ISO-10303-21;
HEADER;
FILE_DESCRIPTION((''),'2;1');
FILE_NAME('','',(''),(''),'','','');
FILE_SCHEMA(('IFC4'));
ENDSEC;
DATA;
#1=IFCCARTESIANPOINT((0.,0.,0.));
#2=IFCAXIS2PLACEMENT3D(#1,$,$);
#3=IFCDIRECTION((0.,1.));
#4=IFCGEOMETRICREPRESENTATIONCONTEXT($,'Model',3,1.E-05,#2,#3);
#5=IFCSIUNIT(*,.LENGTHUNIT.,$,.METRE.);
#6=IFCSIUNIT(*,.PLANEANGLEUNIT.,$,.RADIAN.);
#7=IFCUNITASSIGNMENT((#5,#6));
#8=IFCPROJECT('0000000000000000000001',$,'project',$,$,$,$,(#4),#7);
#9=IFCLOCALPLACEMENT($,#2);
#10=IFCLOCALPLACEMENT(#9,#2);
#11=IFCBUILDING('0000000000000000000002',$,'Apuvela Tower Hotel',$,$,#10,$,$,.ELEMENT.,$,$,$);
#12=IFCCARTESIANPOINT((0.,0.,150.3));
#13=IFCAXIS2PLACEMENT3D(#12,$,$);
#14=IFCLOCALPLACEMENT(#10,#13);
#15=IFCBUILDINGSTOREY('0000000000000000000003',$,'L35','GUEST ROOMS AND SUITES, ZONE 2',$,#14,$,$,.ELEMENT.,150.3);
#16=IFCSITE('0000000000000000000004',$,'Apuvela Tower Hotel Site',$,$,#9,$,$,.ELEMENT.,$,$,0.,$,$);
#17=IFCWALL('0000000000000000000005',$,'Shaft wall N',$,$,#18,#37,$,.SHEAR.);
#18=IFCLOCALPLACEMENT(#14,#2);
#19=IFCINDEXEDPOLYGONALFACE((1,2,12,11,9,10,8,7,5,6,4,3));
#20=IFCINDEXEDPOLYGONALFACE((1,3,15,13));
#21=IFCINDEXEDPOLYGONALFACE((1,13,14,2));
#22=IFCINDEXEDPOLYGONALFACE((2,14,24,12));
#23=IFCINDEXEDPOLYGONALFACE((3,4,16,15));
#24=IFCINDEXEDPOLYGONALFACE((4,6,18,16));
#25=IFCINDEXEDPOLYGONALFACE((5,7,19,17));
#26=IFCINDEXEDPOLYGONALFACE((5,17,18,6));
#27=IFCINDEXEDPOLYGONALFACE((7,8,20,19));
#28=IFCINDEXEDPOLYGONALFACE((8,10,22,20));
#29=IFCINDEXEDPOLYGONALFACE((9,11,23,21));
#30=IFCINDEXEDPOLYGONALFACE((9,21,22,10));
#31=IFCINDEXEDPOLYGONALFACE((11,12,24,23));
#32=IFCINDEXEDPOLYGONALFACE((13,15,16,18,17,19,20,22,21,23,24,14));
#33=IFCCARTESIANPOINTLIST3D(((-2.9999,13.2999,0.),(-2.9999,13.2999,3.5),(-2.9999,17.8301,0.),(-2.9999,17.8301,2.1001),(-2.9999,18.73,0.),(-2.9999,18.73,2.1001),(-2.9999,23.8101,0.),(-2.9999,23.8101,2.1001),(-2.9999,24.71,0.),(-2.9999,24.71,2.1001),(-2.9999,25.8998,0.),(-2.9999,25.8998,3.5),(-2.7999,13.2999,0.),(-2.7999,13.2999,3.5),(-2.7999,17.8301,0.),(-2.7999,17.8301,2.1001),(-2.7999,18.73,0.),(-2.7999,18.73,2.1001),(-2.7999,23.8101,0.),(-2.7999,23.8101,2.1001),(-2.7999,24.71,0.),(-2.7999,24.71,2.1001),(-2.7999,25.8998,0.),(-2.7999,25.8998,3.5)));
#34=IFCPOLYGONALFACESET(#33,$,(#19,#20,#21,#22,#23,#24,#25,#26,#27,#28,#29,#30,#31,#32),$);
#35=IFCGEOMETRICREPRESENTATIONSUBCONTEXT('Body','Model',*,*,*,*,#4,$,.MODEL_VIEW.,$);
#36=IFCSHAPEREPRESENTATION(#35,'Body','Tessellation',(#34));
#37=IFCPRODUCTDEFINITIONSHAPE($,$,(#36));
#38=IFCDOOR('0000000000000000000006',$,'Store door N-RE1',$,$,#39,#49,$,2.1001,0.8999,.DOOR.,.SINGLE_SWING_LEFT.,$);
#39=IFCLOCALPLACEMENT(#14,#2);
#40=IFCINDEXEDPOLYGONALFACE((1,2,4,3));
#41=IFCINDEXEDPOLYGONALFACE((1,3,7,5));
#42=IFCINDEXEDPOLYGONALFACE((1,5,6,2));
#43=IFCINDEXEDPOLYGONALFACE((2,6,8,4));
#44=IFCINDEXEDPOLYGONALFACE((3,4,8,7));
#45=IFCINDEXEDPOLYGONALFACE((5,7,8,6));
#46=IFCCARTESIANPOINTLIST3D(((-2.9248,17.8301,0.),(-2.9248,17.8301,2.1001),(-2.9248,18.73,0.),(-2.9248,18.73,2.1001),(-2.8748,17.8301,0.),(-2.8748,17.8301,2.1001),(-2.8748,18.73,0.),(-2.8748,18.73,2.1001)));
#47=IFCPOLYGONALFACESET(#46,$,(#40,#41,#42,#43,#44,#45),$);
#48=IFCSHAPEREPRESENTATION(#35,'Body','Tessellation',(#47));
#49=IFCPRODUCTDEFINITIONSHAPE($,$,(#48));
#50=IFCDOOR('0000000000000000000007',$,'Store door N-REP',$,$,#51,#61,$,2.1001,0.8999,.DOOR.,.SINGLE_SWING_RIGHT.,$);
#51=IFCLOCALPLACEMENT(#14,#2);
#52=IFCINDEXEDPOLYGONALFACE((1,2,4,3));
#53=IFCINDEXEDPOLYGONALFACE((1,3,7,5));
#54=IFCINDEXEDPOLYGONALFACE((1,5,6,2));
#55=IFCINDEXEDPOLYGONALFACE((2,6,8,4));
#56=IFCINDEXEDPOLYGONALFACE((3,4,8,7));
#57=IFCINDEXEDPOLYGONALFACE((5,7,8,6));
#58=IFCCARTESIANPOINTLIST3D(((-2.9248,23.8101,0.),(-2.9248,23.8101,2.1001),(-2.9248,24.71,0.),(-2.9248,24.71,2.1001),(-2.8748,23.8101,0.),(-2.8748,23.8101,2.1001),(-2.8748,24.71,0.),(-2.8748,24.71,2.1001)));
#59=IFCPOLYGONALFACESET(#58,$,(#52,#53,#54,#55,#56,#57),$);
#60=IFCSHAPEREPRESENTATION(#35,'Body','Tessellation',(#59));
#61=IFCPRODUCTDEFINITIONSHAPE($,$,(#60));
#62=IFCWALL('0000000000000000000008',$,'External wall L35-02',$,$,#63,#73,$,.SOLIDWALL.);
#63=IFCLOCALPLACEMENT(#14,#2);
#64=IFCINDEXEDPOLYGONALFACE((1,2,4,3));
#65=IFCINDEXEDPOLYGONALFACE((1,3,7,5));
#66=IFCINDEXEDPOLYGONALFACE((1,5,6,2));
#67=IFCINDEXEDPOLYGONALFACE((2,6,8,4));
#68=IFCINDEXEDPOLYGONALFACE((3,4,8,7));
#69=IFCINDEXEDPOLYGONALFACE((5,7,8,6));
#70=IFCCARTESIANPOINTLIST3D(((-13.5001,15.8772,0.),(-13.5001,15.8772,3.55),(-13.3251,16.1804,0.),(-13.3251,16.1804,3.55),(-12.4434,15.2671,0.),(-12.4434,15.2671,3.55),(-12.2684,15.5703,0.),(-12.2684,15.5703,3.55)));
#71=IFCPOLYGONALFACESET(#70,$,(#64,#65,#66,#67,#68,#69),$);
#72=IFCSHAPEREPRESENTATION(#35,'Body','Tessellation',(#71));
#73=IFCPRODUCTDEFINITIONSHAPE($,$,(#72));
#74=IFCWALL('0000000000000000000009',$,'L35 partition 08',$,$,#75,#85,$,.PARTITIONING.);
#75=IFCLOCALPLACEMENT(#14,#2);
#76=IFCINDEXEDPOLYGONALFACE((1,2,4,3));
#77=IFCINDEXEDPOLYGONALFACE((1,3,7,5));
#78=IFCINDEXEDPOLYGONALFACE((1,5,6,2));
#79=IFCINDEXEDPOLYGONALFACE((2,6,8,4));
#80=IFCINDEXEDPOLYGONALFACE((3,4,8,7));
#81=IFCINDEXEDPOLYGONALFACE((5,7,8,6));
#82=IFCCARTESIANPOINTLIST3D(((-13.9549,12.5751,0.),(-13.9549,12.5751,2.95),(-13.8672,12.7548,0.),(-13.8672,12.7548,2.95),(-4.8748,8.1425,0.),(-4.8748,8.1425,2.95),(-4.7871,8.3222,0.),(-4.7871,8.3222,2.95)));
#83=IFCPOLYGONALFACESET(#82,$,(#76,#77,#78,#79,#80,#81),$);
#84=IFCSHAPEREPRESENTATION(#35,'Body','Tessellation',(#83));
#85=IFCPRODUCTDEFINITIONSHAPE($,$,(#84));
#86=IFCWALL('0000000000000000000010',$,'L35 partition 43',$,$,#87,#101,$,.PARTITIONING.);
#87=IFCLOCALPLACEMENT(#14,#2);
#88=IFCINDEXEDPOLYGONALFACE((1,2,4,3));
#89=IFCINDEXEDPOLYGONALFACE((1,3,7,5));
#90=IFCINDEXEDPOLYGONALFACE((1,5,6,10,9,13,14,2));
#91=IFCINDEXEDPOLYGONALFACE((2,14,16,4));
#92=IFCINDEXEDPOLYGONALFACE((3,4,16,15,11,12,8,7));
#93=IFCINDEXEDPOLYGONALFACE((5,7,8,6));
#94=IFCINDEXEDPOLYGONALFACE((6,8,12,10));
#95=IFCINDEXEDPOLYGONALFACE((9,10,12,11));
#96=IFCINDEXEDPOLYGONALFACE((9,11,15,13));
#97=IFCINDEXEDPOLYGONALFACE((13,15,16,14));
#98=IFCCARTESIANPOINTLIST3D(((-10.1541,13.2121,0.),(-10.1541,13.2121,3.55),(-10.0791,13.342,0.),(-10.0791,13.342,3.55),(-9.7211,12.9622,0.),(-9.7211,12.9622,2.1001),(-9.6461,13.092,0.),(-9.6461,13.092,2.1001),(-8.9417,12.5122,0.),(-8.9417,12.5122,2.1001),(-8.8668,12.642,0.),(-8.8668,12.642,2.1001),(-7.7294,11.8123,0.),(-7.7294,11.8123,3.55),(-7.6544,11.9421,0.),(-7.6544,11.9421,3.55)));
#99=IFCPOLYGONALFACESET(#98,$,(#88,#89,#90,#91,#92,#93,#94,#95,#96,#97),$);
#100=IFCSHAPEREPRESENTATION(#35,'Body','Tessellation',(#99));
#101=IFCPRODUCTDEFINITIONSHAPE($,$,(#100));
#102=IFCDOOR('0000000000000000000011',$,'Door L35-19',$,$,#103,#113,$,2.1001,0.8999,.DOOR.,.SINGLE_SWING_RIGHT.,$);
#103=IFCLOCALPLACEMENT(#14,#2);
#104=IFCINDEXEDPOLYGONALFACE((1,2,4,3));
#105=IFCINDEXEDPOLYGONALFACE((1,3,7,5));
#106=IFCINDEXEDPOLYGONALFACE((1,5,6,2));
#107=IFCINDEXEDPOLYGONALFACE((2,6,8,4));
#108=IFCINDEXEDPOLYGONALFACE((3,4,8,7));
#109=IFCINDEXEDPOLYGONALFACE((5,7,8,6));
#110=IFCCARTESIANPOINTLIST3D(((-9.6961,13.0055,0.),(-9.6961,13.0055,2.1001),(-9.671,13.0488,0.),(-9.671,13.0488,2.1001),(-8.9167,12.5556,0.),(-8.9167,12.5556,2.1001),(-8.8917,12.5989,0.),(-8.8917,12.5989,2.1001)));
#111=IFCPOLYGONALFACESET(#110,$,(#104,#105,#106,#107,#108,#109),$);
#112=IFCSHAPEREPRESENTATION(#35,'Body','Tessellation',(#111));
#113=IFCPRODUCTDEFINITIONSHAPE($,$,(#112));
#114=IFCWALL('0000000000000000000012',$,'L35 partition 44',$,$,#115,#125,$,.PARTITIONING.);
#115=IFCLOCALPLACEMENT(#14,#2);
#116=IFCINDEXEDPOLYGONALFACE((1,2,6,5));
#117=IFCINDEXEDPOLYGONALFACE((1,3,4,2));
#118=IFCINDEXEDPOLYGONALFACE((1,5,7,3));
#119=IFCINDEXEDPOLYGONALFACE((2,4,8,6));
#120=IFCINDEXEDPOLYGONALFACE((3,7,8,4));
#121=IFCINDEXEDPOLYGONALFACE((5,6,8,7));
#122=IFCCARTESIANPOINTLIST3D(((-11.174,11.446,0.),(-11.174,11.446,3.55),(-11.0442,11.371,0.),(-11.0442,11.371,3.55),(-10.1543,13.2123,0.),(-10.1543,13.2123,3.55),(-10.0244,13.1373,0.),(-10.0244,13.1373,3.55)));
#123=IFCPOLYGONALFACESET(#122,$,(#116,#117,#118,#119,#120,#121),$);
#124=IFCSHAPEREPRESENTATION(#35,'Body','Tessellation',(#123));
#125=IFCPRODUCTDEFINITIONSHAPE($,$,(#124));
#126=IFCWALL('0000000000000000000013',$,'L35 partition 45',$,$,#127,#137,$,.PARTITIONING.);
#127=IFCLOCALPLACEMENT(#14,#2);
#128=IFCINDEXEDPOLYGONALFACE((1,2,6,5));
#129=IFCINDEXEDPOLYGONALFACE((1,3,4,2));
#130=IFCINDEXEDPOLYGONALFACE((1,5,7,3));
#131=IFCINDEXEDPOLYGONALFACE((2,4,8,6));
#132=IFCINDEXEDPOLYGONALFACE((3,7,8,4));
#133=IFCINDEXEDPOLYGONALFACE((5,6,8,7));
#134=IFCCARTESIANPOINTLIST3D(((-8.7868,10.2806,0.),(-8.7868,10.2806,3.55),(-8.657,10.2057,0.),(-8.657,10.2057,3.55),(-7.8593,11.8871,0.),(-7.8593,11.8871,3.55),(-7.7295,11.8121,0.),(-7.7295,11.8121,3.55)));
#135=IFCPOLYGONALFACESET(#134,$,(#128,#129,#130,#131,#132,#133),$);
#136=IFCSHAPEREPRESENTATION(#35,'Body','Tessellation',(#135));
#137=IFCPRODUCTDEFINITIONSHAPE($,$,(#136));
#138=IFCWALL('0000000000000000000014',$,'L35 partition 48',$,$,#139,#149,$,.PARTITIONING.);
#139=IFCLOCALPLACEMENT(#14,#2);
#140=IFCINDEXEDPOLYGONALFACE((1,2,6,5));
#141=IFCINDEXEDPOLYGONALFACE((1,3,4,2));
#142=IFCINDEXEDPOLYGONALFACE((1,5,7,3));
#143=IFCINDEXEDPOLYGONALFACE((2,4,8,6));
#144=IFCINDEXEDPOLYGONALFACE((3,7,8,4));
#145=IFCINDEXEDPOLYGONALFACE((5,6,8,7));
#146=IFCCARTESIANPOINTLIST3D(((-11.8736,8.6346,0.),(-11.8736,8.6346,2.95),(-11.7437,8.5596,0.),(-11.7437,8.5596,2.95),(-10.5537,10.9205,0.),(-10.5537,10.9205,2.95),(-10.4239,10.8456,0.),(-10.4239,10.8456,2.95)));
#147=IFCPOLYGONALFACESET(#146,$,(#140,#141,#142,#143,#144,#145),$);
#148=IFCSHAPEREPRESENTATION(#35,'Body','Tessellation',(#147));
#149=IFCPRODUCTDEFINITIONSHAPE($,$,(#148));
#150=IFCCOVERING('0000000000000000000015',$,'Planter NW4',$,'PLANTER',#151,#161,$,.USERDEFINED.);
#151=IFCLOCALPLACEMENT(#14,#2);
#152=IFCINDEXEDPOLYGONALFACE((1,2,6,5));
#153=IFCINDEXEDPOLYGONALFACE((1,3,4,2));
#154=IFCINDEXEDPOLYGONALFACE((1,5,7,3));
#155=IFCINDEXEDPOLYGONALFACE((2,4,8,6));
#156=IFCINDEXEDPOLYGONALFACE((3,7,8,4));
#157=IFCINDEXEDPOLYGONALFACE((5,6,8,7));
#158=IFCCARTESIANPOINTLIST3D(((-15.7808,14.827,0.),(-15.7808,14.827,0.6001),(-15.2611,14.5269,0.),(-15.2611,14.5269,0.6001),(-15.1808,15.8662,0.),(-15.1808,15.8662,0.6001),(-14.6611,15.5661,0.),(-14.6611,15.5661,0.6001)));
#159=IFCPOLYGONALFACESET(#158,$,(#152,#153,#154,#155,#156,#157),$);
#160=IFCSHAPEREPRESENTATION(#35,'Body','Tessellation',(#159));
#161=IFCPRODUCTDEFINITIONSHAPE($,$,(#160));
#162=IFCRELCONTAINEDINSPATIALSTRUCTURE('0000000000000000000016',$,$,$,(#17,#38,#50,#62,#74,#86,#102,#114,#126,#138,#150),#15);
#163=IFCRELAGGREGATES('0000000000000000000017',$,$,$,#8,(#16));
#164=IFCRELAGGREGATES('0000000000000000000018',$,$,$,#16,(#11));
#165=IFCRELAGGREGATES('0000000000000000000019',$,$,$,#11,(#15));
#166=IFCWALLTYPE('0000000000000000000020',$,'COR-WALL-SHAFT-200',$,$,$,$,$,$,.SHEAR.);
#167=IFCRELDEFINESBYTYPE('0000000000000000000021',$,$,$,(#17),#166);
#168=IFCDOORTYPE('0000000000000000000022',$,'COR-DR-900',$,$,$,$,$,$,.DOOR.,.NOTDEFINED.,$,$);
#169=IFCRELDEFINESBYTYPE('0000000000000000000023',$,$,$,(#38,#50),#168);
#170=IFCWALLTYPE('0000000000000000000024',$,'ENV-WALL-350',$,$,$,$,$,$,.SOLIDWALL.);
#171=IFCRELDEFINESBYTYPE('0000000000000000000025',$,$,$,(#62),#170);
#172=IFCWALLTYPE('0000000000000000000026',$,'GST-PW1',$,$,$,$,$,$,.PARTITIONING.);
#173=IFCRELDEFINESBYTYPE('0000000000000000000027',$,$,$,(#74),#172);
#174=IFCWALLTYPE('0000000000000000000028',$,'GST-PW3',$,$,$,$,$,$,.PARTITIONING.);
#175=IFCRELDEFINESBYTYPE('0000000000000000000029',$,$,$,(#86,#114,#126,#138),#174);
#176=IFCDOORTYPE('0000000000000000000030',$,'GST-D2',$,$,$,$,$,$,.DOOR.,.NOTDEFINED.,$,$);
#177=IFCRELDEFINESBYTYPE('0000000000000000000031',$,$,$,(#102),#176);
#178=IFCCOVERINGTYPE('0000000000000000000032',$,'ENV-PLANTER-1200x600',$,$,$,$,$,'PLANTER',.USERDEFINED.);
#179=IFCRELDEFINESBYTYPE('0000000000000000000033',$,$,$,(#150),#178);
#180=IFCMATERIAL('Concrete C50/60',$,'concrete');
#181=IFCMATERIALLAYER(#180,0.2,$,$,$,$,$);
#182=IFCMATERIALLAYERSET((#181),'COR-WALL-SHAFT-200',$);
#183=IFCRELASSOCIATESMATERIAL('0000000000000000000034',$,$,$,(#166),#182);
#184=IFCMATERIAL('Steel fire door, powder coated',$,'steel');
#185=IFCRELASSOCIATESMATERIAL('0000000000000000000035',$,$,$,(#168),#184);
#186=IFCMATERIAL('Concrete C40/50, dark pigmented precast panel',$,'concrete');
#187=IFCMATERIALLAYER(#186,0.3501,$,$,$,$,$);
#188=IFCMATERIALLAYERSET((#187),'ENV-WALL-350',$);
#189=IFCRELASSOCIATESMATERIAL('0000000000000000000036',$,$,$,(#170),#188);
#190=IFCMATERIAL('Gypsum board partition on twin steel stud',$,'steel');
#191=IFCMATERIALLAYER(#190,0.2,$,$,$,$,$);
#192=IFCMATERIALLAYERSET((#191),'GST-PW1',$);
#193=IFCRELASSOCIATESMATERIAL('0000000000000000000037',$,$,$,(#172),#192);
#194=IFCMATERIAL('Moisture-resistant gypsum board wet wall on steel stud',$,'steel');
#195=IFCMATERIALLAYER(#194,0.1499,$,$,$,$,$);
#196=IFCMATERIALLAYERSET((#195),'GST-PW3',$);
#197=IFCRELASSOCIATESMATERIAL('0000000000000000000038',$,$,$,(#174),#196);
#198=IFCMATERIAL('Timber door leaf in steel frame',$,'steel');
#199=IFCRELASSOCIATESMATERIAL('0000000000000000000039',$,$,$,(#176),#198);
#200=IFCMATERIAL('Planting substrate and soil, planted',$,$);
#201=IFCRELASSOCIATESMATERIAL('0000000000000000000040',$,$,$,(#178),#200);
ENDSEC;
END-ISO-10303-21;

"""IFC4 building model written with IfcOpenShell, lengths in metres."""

from ifc_helpers import new_model, si_unit, direction, frame, frame_2d, origin, origin_2d, place, context, subcontext, project, spatial, rectangle, extrude, material, layer, layer_set, type_object, element, fill, save


model = new_model("IFC4")

# Units and contexts
model_context = context("Model", 3, precision=1e-05, world=origin(), true_north=direction((0.0, 1.0)))
body_context = subcontext(model_context, "Body", "Model", "MODEL_VIEW")
ifc_project = project(units=[si_unit("LENGTHUNIT", "METRE"), si_unit("PLANEANGLEUNIT", "RADIAN")], contexts=[model_context])

# Site, building, storey
site_placement = place(None, origin())
site = spatial("IfcSite", under=ifc_project, at=site_placement, Name="Apuvela Tower Hotel Site", CompositionType="ELEMENT", RefElevation=0.0)
building_placement = place(site_placement, origin())
building = spatial("IfcBuilding", under=site, at=building_placement, Name="Apuvela Tower Hotel", CompositionType="ELEMENT")
storey_placement = place(building_placement, frame((0.0, 0.0, 150.3)))
storey = spatial("IfcBuildingStorey", under=building, at=storey_placement, Name="L35", Description="GUEST ROOMS AND SUITES, ZONE 2", CompositionType="ELEMENT", Elevation=150.3)

# Shared definitions
ifc_material_1 = material(Name="Concrete C50/60", Category="concrete")
ifc_layer_1 = layer(ifc_material_1, 0.2)
ifc_layer_set_1 = layer_set([ifc_layer_1], Name="COR-WALL-SHAFT-200")
wall_type_1 = type_object("IfcWallType", Name="COR-WALL-SHAFT-200", PredefinedType="SHEAR", material=ifc_layer_set_1)

# Wall, openings, doors
wall_1_placement = place(storey_placement, frame((-2.8999, 13.3, 0.0), z_axis=(0.0, 0.0, 1.0), x_axis=(0.0, 1.0, 0.0)))
wall_1 = element("IfcWall", 1, at=wall_1_placement, inside=storey, type_object=wall_type_1, Name="Shaft wall N", PredefinedType="SHEAR", context=body_context, shape_type="SweptSolid", body=[
    extrude(rectangle(XDim=12.5999, YDim=0.2, at=frame_2d((6.2998, 0.0))), origin(), (0.0, 0.0, 1.0), 3.5),
])
opening_1_placement = place(wall_1_placement, frame((4.53, 0.0, 0.0)))
opening_1 = element("IfcOpeningElement", 2, at=opening_1_placement, cuts=wall_1, PredefinedType="OPENING", context=body_context, shape_type="SweptSolid", body=[
    extrude(rectangle(XDim=0.8999, YDim=2.1001, at=frame_2d((0.45, 1.05))), frame((0.0, 0.1099, 0.0), z_axis=(0.0, -1.0, 0.0), x_axis=(1.0, 0.0, 0.0)), (0.0, 0.0, 1.0), 0.22),
])
opening_2_placement = place(wall_1_placement, frame((10.51, 0.0, 0.0)))
opening_2 = element("IfcOpeningElement", 3, at=opening_2_placement, cuts=wall_1, PredefinedType="OPENING", context=body_context, shape_type="SweptSolid", body=[
    extrude(rectangle(XDim=0.8999, YDim=2.1001, at=frame_2d((0.45, 1.05))), frame((0.0, 0.1099, 0.0), z_axis=(0.0, -1.0, 0.0), x_axis=(1.0, 0.0, 0.0)), (0.0, 0.0, 1.0), 0.22),
])
ifc_material_2 = material(Name="Steel fire door, powder coated", Category="steel")
door_type_1 = type_object("IfcDoorType", Name="COR-DR-900", OperationType="NOTDEFINED", PredefinedType="DOOR", material=ifc_material_2)
door_1_placement = place(opening_1_placement, origin())
door_1 = element("IfcDoor", 4, at=door_1_placement, inside=storey, type_object=door_type_1, Name="Store door N-RE1", OperationType="SINGLE_SWING_LEFT", OverallHeight=2.1001, OverallWidth=0.8999, PredefinedType="DOOR", context=body_context, shape_type="SweptSolid", body=[
    extrude(rectangle(XDim=0.8999, YDim=2.1001, at=frame_2d((0.45, 1.05))), frame((0.0, 0.0249, 0.0), z_axis=(0.0, -1.0, 0.0), x_axis=(1.0, 0.0, 0.0)), (0.0, 0.0, 1.0), 0.05),
])
fill(opening_1, door_1)
door_2_placement = place(opening_2_placement, origin())
door_2 = element("IfcDoor", 5, at=door_2_placement, inside=storey, type_object=door_type_1, Name="Store door N-REP", OperationType="SINGLE_SWING_RIGHT", OverallHeight=2.1001, OverallWidth=0.8999, PredefinedType="DOOR", context=body_context, shape_type="SweptSolid", body=[
    extrude(rectangle(XDim=0.8999, YDim=2.1001, at=frame_2d((0.45, 1.05))), frame((0.0, 0.0249, 0.0), z_axis=(0.0, -1.0, 0.0), x_axis=(1.0, 0.0, 0.0)), (0.0, 0.0, 1.0), 0.05),
])
fill(opening_2, door_2)

# Wall
ifc_material_3 = material(Name="Concrete C40/50, dark pigmented precast panel", Category="concrete")
ifc_layer_2 = layer(ifc_material_3, 0.3501)
ifc_layer_set_2 = layer_set([ifc_layer_2], Name="ENV-WALL-350")
wall_type_2 = type_object("IfcWallType", Name="ENV-WALL-350", PredefinedType="SOLIDWALL", material=ifc_layer_set_2)
wall_2_placement = place(storey_placement, frame((-13.4126, 16.0288, 0.0), z_axis=(0.0, 0.0, 1.0), x_axis=(0.866006, -0.500034, 0.0)))
element("IfcWall", 6, at=wall_2_placement, inside=storey, type_object=wall_type_2, Name="External wall L35-02", PredefinedType="SOLIDWALL", context=body_context, shape_type="SweptSolid", body=[
    extrude(rectangle(XDim=1.2202, YDim=0.3501, at=frame_2d((0.6101, 0.0))), origin(), (0.0, 0.0, 1.0), 3.55),
])

# Wall
ifc_material_4 = material(Name="Gypsum board partition on twin steel stud", Category="steel")
ifc_layer_3 = layer(ifc_material_4, 0.2)
ifc_layer_set_3 = layer_set([ifc_layer_3], Name="GST-PW1")
wall_type_3 = type_object("IfcWallType", Name="GST-PW1", PredefinedType="PARTITIONING", material=ifc_layer_set_3)
wall_3_placement = place(storey_placement, frame((-13.9111, 12.665, 0.0), z_axis=(0.0, 0.0, 1.0), x_axis=(0.898639, -0.438688, 0.0)))
element("IfcWall", 7, at=wall_3_placement, inside=storey, type_object=wall_type_3, Name="L35 partition 08", PredefinedType="PARTITIONING", context=body_context, shape_type="SweptSolid", body=[
    extrude(rectangle(XDim=10.1042, YDim=0.2, at=frame_2d((5.0522, 0.0))), origin(), (0.0, 0.0, 1.0), 2.95),
])

# Wall, opening, door
ifc_material_5 = material(Name="Moisture-resistant gypsum board wet wall on steel stud", Category="steel")
ifc_layer_4 = layer(ifc_material_5, 0.1499)
ifc_layer_set_4 = layer_set([ifc_layer_4], Name="GST-PW3")
wall_type_4 = type_object("IfcWallType", Name="GST-PW3", PredefinedType="PARTITIONING", material=ifc_layer_set_4)
wall_4_placement = place(storey_placement, frame((-7.6919, 11.8772, 0.0), z_axis=(0.0, 0.0, 1.0), x_axis=(-0.866035, 0.499984, 0.0)))
wall_4 = element("IfcWall", 8, at=wall_4_placement, inside=storey, type_object=wall_type_4, Name="L35 partition 43", PredefinedType="PARTITIONING", context=body_context, shape_type="SweptSolid", body=[
    extrude(rectangle(XDim=2.7998, YDim=0.1499, at=frame_2d((1.3999, 0.0))), origin(), (0.0, 0.0, 1.0), 3.55),
])
opening_3_placement = place(wall_4_placement, frame((1.3999, 0.0, 0.0)))
opening_3 = element("IfcOpeningElement", 9, at=opening_3_placement, cuts=wall_4, PredefinedType="OPENING", context=body_context, shape_type="SweptSolid", body=[
    extrude(rectangle(XDim=0.8999, YDim=2.1001, at=frame_2d((0.45, 1.05))), frame((0.0, 0.085, 0.0), z_axis=(0.0, -1.0, 0.0), x_axis=(1.0, 0.0, 0.0)), (0.0, 0.0, 1.0), 0.1699),
])
ifc_material_6 = material(Name="Timber door leaf in steel frame", Category="steel")
door_type_2 = type_object("IfcDoorType", Name="GST-D2", OperationType="NOTDEFINED", PredefinedType="DOOR", material=ifc_material_6)
door_3_placement = place(opening_3_placement, origin())
door_3 = element("IfcDoor", 10, at=door_3_placement, inside=storey, type_object=door_type_2, Name="Door L35-19", OperationType="SINGLE_SWING_RIGHT", OverallHeight=2.1001, OverallWidth=0.8999, PredefinedType="DOOR", context=body_context, shape_type="SweptSolid", body=[
    extrude(rectangle(XDim=0.8999, YDim=2.1001, at=frame_2d((0.45, 1.05))), frame((0.0, 0.0249, 0.0), z_axis=(0.0, -1.0, 0.0), x_axis=(1.0, 0.0, 0.0)), (0.0, 0.0, 1.0), 0.05),
])
fill(opening_3, door_3)

# Walls
wall_5_placement = place(storey_placement, frame((-10.0894, 13.1748, 0.0), z_axis=(0.0, 0.0, 1.0), x_axis=(-0.499988, -0.866032, 0.0)))
element("IfcWall", 11, at=wall_5_placement, inside=storey, type_object=wall_type_4, Name="L35 partition 44", PredefinedType="PARTITIONING", context=body_context, shape_type="SweptSolid", body=[
    extrude(rectangle(XDim=2.0396, YDim=0.1499, at=frame_2d((1.0198, 0.0))), origin(), (0.0, 0.0, 1.0), 3.55),
])
wall_6_placement = place(storey_placement, frame((-7.7944, 11.8496, 0.0), z_axis=(0.0, 0.0, 1.0), x_axis=(-0.500003, -0.866023, 0.0)))
element("IfcWall", 12, at=wall_6_placement, inside=storey, type_object=wall_type_4, Name="L35 partition 45", PredefinedType="PARTITIONING", context=body_context, shape_type="SweptSolid", body=[
    extrude(rectangle(XDim=1.855, YDim=0.1499, at=frame_2d((0.9275, 0.0))), origin(), (0.0, 0.0, 1.0), 3.55),
])
wall_7_placement = place(storey_placement, frame((-10.4888, 10.8831, 0.0), z_axis=(0.0, 0.0, 1.0), x_axis=(-0.500019, -0.866015, 0.0)))
element("IfcWall", 13, at=wall_7_placement, inside=storey, type_object=wall_type_4, Name="L35 partition 48", PredefinedType="PARTITIONING", context=body_context, shape_type="SweptSolid", body=[
    extrude(rectangle(XDim=2.6396, YDim=0.1499, at=frame_2d((1.3198, 0.0))), origin(), (0.0, 0.0, 1.0), 2.95),
])

# Covering
ifc_material_7 = material(Name="Planting substrate and soil, planted")
covering_type = type_object("IfcCoveringType", Name="ENV-PLANTER-1200x600", ElementType="PLANTER", PredefinedType="USERDEFINED", material=ifc_material_7)
covering_placement = place(storey_placement, frame((-15.2209, 15.1965, 0.0), z_axis=(0.0, 0.0, 1.0), x_axis=(-0.5, -0.866025, 0.0)))
element("IfcCovering", 14, at=covering_placement, inside=storey, type_object=covering_type, Name="Planter NW4", ObjectType="PLANTER", PredefinedType="USERDEFINED", context=body_context, shape_type="SweptSolid", body=[
    extrude(rectangle(XDim=1.2, YDim=0.6001, at=origin_2d()), origin(), (0.0, 0.0, 1.0), 0.6001),
])

save(model, "model.ifc")
